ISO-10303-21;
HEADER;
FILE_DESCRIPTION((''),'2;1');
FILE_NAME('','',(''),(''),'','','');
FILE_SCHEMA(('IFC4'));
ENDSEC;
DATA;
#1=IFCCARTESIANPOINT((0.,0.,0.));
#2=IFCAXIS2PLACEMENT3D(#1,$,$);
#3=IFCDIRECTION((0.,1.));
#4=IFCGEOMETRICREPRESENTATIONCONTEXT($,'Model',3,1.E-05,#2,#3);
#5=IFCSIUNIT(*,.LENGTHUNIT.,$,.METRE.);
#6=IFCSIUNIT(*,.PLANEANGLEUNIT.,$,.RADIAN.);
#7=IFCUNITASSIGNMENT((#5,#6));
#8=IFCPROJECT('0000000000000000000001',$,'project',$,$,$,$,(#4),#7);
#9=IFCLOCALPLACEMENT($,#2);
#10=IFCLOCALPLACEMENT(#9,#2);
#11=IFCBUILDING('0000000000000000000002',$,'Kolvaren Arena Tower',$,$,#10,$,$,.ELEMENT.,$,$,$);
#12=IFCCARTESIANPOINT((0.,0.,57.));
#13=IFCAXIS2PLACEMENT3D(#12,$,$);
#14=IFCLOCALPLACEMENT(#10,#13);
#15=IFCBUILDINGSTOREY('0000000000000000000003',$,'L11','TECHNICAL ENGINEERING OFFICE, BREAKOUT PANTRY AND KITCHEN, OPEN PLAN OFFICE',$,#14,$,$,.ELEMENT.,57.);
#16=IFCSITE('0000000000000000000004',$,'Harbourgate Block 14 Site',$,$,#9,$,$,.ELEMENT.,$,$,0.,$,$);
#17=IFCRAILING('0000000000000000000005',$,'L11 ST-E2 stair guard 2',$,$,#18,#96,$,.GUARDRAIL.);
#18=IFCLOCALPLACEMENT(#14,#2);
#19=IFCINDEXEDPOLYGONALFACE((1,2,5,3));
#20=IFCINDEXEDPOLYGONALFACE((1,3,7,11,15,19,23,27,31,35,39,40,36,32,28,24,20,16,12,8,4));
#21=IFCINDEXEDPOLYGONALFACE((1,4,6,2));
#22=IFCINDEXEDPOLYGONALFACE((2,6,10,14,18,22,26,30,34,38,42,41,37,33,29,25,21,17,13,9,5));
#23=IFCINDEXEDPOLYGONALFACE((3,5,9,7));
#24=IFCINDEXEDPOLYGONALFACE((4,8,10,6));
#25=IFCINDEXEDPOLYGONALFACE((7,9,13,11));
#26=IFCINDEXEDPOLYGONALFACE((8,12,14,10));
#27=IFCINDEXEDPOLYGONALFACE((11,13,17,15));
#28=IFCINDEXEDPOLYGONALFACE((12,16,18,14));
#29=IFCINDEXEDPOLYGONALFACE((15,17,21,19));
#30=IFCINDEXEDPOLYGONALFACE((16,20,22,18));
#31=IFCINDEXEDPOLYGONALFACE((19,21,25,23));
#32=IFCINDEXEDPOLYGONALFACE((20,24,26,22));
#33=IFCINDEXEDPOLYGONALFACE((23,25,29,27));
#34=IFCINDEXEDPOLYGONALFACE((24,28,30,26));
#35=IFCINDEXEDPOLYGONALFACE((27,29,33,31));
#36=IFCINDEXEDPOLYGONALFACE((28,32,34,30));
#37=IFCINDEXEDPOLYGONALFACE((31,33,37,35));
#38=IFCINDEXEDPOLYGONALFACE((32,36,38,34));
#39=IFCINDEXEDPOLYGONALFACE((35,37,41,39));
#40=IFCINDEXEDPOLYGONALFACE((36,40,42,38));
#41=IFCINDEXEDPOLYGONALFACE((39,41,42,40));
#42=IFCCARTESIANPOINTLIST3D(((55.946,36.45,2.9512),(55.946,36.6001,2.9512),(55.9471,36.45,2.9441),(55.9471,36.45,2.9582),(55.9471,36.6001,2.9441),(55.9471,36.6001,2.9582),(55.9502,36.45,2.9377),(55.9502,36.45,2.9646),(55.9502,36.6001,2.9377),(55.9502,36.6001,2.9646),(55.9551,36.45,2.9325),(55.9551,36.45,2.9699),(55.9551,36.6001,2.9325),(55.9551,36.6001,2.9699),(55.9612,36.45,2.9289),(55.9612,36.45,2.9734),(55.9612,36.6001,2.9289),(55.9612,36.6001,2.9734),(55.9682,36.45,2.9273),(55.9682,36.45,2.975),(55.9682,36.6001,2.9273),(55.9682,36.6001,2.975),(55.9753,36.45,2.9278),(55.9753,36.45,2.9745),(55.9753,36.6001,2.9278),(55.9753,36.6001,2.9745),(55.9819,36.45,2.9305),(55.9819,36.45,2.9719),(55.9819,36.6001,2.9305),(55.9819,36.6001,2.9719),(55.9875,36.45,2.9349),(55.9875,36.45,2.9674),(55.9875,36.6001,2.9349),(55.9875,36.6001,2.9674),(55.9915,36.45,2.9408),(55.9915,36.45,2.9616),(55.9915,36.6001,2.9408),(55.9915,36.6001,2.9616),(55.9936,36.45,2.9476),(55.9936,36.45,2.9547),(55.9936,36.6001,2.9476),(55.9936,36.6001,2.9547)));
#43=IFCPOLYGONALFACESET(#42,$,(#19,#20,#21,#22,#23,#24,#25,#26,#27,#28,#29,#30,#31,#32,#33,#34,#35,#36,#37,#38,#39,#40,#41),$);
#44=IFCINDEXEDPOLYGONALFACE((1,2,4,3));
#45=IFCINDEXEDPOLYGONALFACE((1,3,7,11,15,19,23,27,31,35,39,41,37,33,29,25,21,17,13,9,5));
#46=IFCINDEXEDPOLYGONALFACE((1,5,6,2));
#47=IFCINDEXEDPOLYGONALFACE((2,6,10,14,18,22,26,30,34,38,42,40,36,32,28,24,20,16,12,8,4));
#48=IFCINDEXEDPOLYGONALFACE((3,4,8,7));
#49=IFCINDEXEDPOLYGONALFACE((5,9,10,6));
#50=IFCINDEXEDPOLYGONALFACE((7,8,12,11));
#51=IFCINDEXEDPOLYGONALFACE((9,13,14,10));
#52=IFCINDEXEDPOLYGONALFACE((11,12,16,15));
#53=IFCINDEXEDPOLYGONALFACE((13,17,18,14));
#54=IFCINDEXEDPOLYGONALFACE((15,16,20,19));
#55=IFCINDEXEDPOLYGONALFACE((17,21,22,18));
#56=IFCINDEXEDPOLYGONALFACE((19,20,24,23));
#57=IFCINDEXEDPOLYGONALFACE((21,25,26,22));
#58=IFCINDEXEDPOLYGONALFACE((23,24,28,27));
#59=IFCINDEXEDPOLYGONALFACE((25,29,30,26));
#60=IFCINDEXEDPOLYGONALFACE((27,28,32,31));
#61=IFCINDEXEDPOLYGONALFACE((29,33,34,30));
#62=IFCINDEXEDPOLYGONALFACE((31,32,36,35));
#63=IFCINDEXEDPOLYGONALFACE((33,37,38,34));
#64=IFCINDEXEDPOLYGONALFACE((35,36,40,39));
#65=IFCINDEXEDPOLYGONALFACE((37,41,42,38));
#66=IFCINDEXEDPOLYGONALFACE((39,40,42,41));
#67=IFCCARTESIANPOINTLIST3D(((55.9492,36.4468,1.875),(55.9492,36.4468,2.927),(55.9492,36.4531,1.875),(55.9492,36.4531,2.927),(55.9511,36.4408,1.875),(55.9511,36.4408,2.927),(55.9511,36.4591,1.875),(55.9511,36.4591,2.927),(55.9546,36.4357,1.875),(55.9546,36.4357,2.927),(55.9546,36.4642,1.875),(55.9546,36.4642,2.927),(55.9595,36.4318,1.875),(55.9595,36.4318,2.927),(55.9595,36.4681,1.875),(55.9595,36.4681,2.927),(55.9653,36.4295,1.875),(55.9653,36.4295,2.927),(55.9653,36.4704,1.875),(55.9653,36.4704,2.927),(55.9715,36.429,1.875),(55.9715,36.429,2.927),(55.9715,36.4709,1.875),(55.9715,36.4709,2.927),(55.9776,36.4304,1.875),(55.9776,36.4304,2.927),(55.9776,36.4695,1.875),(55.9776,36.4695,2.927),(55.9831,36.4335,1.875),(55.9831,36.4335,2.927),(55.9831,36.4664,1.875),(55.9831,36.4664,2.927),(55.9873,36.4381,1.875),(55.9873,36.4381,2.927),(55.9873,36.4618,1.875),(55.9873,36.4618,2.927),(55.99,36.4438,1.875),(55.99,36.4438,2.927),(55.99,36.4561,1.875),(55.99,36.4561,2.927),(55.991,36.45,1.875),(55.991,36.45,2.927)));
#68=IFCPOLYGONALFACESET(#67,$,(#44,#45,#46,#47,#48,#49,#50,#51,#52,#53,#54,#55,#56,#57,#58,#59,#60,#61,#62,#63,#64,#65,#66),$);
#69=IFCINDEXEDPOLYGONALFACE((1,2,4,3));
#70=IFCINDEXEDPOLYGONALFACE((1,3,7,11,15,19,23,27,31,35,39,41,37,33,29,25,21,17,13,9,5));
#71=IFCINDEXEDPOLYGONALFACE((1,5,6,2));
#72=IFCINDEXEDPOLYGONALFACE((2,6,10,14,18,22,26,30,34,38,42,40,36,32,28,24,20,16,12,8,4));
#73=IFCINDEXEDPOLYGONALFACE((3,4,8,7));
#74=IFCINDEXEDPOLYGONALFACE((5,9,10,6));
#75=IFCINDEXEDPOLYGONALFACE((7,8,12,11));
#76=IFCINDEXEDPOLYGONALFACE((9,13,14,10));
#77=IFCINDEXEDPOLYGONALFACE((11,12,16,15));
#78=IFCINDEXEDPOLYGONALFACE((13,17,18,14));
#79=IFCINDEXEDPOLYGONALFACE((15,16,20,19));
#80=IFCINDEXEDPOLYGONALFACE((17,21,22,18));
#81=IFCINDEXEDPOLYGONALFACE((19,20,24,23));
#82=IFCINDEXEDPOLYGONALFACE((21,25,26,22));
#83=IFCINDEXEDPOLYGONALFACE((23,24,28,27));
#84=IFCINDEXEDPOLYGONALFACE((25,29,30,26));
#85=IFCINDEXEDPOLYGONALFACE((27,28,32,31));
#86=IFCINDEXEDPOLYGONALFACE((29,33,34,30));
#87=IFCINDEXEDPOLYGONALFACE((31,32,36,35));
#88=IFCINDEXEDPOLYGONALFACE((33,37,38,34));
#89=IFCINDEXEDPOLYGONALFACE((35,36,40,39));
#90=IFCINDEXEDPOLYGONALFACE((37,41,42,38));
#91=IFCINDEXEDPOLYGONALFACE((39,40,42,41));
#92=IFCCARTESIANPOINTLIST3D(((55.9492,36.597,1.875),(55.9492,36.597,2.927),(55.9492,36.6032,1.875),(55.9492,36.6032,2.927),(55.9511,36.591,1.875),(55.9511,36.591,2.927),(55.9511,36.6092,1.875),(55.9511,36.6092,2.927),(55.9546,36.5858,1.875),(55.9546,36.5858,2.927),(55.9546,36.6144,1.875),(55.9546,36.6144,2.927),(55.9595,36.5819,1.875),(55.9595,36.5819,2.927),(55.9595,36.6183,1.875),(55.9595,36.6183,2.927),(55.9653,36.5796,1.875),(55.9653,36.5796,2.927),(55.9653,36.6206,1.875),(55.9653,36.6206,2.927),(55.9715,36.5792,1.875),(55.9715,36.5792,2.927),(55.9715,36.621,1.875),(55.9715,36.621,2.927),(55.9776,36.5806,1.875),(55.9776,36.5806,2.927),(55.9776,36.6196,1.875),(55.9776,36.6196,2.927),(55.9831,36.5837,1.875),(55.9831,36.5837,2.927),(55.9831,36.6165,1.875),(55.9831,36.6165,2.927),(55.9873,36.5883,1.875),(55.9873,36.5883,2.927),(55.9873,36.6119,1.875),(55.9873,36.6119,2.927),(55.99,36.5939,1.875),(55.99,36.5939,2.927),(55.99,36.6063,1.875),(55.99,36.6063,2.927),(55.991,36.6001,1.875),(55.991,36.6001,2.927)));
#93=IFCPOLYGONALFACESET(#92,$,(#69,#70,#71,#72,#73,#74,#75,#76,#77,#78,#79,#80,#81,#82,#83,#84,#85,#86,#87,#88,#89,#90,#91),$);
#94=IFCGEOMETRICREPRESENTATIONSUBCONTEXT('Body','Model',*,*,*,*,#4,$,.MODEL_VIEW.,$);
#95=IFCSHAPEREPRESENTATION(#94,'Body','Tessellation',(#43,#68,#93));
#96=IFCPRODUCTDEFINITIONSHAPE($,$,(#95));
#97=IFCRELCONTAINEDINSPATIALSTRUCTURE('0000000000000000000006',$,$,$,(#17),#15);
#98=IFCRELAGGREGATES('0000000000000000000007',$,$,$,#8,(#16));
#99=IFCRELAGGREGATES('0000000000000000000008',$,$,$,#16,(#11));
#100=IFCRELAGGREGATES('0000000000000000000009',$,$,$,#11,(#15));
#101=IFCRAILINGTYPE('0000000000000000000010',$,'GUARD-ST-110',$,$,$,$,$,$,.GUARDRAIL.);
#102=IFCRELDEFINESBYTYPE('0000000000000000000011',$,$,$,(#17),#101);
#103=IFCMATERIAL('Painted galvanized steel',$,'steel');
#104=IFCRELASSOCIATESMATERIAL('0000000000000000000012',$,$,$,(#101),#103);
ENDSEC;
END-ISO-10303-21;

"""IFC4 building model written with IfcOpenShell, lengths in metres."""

from ifc_helpers import new_model, si_unit, direction, frame, origin, origin_2d, place, context, subcontext, project, spatial, circle, extrude, material, type_object, element, save


model = new_model("IFC4")

# Units and contexts
model_context = context("Model", 3, precision=1e-05, world=origin(), true_north=direction((0.0, 1.0)))
body_context = subcontext(model_context, "Body", "Model", "MODEL_VIEW")
ifc_project = project(units=[si_unit("LENGTHUNIT", "METRE"), si_unit("PLANEANGLEUNIT", "RADIAN")], contexts=[model_context])

# Site, building, storey
site_placement = place(None, origin())
site = spatial("IfcSite", under=ifc_project, at=site_placement, Name="Harbourgate Block 14 Site", CompositionType="ELEMENT", RefElevation=0.0)
building_placement = place(site_placement, origin())
building = spatial("IfcBuilding", under=site, at=building_placement, Name="Kolvaren Arena Tower", CompositionType="ELEMENT")
storey_placement = place(building_placement, frame((0.0, 0.0, 57.0)))
storey = spatial("IfcBuildingStorey", under=building, at=storey_placement, Name="L11", Description="TECHNICAL ENGINEERING OFFICE, BREAKOUT PANTRY AND KITCHEN, OPEN PLAN OFFICE", CompositionType="ELEMENT", Elevation=57.0)

# Railing
ifc_material_1 = material(Name="Painted galvanized steel", Category="steel")
railing_type_1 = type_object("IfcRailingType", Name="GUARD-ST-110", PredefinedType="GUARDRAIL", material=ifc_material_1)
railing_1_placement = place(storey_placement, frame((55.97, 36.45, 1.875)))
element("IfcRailing", 1, at=railing_1_placement, inside=storey, type_object=railing_type_1, Name="L11 ST-E2 stair guard 2", PredefinedType="GUARDRAIL", context=body_context, shape_type="SweptSolid", body=[
    extrude(circle(Radius=0.0239, at=origin_2d()), frame((0.0, 0.0, 1.0762), z_axis=(0.0, 1.0, 0.0), x_axis=(-1.0, 0.0, 0.0)), (0.0, 0.0, 1.0), 0.1501),
    extrude(circle(Radius=0.021, at=origin_2d()), origin(), (0.0, 0.0, 1.0), 1.052),
    extrude(circle(Radius=0.021, at=origin_2d()), frame((0.0, 0.1501, 0.0)), (0.0, 0.0, 1.0), 1.052),
])

save(model, "model.ifc")
